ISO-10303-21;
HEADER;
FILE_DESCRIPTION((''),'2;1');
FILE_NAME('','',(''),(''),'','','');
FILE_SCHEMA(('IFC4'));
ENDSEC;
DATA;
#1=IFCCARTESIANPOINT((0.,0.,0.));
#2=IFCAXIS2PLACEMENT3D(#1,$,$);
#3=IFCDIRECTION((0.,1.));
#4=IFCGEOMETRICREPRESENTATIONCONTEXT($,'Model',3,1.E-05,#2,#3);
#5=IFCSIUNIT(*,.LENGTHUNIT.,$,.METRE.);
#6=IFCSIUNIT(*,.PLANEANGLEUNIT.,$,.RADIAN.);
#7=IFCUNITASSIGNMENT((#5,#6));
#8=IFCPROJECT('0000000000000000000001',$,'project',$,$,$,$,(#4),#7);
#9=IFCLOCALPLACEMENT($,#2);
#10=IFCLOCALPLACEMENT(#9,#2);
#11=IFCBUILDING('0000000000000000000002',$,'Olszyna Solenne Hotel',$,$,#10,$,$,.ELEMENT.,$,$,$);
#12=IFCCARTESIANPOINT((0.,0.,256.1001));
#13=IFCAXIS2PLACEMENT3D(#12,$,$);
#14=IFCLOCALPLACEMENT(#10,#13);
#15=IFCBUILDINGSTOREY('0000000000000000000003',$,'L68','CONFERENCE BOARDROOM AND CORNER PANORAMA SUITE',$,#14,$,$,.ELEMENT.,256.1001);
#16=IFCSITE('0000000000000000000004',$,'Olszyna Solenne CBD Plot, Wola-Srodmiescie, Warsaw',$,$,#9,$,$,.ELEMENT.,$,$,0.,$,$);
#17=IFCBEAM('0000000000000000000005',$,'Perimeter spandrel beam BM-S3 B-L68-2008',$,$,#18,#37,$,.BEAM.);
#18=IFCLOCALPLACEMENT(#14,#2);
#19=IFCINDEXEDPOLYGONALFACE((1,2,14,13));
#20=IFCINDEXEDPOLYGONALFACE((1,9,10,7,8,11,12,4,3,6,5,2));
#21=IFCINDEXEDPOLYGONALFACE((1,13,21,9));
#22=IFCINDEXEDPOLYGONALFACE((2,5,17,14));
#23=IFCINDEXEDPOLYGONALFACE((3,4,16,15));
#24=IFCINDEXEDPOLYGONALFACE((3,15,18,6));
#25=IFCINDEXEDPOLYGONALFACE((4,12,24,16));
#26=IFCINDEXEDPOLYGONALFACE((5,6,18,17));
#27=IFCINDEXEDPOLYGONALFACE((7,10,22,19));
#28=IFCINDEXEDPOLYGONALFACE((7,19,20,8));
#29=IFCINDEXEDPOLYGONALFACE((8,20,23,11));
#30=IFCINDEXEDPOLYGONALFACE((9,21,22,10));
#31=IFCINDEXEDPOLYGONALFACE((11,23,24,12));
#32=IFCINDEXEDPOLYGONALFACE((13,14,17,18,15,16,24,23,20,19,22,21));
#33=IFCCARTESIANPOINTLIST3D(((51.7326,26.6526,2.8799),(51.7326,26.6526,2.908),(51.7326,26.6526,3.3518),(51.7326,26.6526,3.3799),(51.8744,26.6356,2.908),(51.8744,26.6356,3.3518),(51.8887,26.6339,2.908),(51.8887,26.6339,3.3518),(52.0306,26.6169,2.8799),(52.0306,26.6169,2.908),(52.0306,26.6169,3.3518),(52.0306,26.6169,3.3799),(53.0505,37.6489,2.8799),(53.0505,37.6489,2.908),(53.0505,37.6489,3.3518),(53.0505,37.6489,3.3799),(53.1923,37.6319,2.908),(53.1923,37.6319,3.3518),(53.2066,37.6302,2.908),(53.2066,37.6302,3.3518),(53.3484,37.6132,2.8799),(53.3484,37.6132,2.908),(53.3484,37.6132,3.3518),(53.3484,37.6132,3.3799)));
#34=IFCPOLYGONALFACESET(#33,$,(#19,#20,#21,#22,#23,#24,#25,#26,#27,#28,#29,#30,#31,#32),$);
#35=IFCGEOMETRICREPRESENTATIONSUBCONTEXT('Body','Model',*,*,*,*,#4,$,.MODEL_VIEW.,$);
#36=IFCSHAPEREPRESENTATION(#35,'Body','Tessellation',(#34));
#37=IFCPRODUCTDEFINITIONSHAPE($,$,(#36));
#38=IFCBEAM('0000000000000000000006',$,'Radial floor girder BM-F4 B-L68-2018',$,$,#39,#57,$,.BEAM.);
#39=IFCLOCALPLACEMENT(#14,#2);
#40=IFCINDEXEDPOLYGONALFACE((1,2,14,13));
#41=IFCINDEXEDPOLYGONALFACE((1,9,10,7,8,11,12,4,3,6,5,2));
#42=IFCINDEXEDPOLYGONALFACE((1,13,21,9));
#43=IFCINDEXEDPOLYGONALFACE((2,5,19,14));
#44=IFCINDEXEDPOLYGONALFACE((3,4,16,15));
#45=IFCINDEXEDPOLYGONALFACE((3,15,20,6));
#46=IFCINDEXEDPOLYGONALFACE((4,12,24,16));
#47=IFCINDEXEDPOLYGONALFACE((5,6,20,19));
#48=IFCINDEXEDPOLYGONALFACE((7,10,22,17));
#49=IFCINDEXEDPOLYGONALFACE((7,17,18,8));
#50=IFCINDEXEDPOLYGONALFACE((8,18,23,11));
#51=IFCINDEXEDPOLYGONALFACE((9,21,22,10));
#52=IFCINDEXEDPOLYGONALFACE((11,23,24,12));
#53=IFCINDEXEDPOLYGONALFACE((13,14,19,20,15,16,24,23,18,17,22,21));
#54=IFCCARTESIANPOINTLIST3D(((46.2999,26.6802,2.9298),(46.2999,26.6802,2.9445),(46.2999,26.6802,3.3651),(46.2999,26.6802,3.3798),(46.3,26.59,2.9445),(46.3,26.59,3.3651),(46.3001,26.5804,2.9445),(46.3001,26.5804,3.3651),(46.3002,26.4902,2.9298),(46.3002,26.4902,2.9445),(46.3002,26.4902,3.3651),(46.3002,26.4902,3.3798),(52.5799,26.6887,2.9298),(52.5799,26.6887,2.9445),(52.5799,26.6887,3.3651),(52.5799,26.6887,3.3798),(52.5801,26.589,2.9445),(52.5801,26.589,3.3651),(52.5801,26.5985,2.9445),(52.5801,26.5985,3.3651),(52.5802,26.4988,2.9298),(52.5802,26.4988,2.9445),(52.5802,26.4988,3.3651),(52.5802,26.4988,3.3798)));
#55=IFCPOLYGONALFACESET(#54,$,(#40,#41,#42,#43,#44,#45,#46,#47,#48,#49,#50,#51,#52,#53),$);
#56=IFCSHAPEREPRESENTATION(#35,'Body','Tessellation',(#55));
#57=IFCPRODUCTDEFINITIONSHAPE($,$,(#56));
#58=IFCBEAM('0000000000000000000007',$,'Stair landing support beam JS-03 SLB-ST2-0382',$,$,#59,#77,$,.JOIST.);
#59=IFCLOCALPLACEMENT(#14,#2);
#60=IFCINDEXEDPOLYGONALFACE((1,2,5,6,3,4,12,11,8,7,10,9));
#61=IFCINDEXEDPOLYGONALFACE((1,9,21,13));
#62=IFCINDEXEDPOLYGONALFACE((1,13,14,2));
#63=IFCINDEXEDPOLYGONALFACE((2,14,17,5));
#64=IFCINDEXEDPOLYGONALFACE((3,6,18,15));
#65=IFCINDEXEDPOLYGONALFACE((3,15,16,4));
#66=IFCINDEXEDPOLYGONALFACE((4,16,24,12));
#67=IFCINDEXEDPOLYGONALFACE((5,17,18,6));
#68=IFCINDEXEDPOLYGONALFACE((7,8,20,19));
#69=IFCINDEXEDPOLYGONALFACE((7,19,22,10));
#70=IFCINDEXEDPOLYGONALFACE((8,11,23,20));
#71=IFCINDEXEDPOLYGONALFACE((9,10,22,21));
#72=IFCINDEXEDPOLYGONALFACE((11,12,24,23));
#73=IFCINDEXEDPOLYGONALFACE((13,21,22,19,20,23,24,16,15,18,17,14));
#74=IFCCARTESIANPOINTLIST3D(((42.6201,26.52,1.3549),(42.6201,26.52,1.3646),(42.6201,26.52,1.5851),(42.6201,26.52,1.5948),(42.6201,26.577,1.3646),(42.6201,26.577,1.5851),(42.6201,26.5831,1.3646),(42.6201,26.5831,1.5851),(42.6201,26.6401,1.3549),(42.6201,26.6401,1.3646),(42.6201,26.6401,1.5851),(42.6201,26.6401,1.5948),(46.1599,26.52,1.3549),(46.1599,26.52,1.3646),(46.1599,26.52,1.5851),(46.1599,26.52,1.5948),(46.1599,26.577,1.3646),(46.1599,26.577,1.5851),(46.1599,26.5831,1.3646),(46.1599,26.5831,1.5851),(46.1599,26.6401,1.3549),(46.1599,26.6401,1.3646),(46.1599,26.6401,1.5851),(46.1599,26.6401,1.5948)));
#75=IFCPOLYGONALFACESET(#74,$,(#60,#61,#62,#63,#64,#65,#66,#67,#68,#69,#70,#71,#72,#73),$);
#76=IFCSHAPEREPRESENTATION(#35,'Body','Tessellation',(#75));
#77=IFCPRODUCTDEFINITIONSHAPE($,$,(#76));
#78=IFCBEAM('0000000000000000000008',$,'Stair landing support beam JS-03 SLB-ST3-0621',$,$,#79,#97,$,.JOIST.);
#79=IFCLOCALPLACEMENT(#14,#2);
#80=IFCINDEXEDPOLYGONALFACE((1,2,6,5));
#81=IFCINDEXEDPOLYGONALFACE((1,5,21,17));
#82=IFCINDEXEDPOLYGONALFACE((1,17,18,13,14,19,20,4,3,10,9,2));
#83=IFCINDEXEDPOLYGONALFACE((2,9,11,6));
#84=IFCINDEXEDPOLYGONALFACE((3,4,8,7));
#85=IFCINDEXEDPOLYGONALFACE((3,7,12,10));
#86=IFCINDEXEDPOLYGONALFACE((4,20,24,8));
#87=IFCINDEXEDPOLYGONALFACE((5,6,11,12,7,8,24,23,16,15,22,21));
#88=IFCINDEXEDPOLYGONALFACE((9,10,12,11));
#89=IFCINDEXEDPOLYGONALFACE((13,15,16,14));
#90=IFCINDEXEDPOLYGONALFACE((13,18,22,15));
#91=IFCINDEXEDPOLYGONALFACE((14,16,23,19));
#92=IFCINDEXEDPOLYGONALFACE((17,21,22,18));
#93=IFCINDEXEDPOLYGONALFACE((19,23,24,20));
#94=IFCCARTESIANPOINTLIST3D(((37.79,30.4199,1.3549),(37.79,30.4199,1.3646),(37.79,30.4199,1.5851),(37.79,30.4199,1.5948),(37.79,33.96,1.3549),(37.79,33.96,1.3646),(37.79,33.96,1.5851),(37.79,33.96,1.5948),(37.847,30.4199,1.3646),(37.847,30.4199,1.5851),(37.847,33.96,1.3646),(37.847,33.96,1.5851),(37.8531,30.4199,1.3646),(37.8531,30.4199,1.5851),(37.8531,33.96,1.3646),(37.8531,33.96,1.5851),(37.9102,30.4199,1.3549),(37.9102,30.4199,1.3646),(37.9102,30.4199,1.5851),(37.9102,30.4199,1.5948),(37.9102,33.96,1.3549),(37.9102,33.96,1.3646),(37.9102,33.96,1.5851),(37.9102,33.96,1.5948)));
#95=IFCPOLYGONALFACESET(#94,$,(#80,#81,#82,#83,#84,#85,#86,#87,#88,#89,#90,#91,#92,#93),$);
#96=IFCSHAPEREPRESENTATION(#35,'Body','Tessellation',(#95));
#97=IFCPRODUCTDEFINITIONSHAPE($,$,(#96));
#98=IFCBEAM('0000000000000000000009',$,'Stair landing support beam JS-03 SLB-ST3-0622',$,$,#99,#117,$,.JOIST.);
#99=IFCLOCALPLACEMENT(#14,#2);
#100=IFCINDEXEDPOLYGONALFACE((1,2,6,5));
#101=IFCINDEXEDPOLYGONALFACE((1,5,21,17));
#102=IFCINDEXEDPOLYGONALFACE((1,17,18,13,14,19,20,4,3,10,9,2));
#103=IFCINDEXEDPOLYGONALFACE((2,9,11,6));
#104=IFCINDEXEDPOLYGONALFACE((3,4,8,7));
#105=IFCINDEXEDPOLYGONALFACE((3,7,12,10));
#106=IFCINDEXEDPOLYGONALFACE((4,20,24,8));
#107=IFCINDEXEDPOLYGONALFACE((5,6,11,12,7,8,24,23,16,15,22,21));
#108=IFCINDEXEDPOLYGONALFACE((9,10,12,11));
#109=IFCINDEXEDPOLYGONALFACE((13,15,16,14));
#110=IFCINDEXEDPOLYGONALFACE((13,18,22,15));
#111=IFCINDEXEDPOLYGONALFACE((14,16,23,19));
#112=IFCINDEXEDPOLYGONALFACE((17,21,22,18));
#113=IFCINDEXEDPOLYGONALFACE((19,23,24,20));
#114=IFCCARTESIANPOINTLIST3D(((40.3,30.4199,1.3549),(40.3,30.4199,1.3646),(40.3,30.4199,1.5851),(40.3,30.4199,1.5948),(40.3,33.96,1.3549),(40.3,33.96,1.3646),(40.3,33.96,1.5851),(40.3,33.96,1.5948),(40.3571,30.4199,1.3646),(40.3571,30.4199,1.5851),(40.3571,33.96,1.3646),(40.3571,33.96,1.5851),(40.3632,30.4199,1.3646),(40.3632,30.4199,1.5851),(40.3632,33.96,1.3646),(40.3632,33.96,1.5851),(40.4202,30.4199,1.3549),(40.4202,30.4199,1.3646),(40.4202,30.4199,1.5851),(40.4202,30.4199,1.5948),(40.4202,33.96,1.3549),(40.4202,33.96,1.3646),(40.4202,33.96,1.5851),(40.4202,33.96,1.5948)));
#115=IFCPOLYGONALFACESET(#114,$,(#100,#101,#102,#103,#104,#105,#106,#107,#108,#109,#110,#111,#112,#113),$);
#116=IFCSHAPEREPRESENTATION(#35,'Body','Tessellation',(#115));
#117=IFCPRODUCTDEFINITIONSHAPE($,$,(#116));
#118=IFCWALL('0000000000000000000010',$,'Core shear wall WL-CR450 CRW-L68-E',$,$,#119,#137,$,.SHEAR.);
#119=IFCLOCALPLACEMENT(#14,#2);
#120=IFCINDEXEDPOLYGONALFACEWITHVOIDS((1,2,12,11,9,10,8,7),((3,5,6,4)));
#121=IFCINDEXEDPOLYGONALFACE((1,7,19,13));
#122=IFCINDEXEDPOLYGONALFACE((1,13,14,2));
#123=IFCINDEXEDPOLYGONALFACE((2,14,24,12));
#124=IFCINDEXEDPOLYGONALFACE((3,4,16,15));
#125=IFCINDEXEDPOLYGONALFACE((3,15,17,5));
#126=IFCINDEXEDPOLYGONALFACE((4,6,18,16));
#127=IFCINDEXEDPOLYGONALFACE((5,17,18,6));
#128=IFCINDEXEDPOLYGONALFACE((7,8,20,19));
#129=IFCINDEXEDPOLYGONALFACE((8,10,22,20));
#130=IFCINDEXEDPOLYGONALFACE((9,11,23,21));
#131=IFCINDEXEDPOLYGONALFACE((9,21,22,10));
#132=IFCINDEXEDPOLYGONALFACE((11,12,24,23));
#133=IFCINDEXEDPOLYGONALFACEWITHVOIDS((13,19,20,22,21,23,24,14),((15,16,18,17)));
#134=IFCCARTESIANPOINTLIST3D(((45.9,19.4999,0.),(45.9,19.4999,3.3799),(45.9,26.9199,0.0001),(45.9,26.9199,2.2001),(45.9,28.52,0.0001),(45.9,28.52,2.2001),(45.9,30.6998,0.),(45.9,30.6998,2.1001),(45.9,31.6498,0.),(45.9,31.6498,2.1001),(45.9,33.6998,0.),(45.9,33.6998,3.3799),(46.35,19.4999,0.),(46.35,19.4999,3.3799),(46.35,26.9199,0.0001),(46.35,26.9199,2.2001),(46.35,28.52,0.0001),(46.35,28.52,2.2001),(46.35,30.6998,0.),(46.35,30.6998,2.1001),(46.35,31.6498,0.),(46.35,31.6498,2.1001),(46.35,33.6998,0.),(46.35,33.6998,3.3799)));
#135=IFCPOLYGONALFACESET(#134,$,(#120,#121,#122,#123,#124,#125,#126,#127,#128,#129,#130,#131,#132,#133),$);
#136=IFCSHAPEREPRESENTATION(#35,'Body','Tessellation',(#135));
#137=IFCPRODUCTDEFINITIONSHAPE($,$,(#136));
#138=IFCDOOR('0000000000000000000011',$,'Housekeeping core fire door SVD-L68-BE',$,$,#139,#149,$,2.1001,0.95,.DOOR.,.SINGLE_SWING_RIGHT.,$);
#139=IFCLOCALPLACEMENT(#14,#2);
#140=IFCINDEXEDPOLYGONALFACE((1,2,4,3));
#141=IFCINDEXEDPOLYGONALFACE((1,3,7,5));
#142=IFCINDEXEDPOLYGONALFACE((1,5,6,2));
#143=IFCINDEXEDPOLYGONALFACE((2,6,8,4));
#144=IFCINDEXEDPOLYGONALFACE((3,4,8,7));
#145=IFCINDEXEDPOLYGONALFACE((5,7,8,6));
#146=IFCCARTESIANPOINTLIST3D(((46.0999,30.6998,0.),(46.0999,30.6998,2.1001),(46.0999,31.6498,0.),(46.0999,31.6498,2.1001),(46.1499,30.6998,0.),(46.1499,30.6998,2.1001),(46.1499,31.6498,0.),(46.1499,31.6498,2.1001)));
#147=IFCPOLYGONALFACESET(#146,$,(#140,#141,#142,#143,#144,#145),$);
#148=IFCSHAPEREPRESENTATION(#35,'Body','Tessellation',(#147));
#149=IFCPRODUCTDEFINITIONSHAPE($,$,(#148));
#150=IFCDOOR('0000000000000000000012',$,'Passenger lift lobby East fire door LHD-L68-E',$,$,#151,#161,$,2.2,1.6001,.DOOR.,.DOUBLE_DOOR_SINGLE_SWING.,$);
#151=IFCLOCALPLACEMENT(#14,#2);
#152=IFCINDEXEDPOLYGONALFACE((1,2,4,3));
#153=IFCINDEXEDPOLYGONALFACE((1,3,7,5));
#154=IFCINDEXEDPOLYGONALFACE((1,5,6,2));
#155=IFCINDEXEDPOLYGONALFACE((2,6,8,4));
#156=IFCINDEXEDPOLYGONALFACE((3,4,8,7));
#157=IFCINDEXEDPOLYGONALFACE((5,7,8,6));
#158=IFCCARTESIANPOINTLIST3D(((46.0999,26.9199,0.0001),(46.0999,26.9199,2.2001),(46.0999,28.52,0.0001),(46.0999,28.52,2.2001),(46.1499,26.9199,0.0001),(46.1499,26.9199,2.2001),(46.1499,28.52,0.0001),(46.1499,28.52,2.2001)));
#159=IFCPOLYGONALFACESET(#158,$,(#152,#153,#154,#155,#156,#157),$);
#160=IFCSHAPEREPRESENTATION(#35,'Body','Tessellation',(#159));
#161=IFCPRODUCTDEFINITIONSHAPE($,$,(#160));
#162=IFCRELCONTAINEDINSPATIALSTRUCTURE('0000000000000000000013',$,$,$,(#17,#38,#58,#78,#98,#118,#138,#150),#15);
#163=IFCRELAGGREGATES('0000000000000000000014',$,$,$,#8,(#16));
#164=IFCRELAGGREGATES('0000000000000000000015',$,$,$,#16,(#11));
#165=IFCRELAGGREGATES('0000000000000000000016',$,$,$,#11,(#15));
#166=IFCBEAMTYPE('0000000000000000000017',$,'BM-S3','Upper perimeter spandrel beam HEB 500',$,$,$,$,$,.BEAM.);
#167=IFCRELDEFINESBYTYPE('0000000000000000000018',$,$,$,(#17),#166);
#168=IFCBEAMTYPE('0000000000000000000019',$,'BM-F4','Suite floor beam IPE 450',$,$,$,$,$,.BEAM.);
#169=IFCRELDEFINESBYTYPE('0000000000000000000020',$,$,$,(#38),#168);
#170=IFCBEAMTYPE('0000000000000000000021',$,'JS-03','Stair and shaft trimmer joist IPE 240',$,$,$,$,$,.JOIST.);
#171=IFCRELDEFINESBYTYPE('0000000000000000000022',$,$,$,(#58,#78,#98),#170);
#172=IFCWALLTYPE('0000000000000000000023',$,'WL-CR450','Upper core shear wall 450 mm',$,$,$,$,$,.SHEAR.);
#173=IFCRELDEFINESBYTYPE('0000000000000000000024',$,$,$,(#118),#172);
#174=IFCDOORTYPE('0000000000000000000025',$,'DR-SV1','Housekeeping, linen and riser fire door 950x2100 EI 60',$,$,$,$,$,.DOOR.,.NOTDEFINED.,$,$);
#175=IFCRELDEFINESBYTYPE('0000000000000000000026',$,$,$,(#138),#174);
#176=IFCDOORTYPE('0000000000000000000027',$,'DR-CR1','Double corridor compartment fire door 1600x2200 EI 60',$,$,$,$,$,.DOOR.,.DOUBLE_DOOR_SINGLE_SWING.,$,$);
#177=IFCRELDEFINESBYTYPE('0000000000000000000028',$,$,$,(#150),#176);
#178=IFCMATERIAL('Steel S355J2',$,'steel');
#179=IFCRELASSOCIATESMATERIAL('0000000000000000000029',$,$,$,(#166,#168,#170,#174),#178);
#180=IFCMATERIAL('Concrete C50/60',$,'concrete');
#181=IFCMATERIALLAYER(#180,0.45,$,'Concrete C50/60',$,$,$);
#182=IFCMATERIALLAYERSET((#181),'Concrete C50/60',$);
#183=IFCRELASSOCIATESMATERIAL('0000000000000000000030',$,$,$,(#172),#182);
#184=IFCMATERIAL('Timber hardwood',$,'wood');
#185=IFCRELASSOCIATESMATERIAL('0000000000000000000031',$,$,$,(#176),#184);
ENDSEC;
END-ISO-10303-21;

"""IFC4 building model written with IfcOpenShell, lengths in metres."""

from ifc_helpers import new_model, si_unit, direction, frame, frame_2d, origin, origin_2d, place, context, subcontext, project, spatial, rectangle, i_section, extrude, source, transform, mapped, material, layer, layer_set, material_profile, profile_set, type_object, type_shapes, element, fill, save


model = new_model("IFC4")

# Units and contexts
model_context = context("Model", 3, precision=1e-05, world=origin(), true_north=direction((0.0, 1.0)))
body_context = subcontext(model_context, "Body", "Model", "MODEL_VIEW")
ifc_project = project(units=[si_unit("LENGTHUNIT", "METRE"), si_unit("PLANEANGLEUNIT", "RADIAN")], contexts=[model_context])

# Site, building, storey
site_placement = place(None, origin())
site = spatial("IfcSite", under=ifc_project, at=site_placement, Name="Olszyna Solenne CBD Plot, Wola-Srodmiescie, Warsaw", CompositionType="ELEMENT", RefElevation=0.0)
building_placement = place(site_placement, origin())
building = spatial("IfcBuilding", under=site, at=building_placement, Name="Olszyna Solenne Hotel", CompositionType="ELEMENT")
storey_placement = place(building_placement, frame((0.0, 0.0, 256.1001)))
storey = spatial("IfcBuildingStorey", under=building, at=storey_placement, Name="L68", Description="CONFERENCE BOARDROOM AND CORNER PANORAMA SUITE", CompositionType="ELEMENT", Elevation=256.1001)

# Beams
ifc_material_1 = material(Name="Steel S355J2", Category="steel")
ifc_material_profile_1 = material_profile(ifc_material_1, i_section(OverallWidth=0.3, OverallDepth=0.5, WebThickness=0.0144, FlangeThickness=0.0281, at=origin_2d()), Name="HEB 500", Category="load-bearing")
ifc_profile_set_1 = profile_set([ifc_material_profile_1], Name="Steel S355J2")
beam_type_1 = type_object("IfcBeamType", Name="BM-S3", Description="Upper perimeter spandrel beam HEB 500", PredefinedType="BEAM", material=ifc_profile_set_1)
shared_shape_1 = source(origin(), body_context, "Body", "SweptSolid", [
    extrude(i_section(OverallWidth=0.3, OverallDepth=0.5, WebThickness=0.0144, FlangeThickness=0.0281, at=origin_2d()), origin(), (0.0, 0.0, 1.0), 11.075),
])
beam_1_placement = place(storey_placement, frame((51.8816, 26.6348, 3.1299), z_axis=(0.118995, 0.992895, 0.0), x_axis=(-0.992895, 0.118995, 0.0)))
element("IfcBeam", 1, at=beam_1_placement, inside=storey, type_object=beam_type_1, Name="Perimeter spandrel beam BM-S3 B-L68-2008", PredefinedType="BEAM", context=body_context, shape_type="MappedRepresentation", body=[
    mapped(shared_shape_1, transform((0.0, 0.0, 0.0), x_axis=(1.0, 0.0, 0.0), y_axis=(0.0, 1.0, 0.0), z_axis=(0.0, 0.0, 1.0), scale=1.0)),
])
ifc_material_profile_2 = material_profile(ifc_material_1, i_section(OverallWidth=0.1899, OverallDepth=0.45, WebThickness=0.0095, FlangeThickness=0.0146, at=origin_2d()), Name="IPE 450", Category="load-bearing")
ifc_profile_set_2 = profile_set([ifc_material_profile_2], Name="Steel S355J2")
beam_type_2 = type_object("IfcBeamType", Name="BM-F4", Description="Suite floor beam IPE 450", PredefinedType="BEAM", material=ifc_profile_set_2)
shared_shape_2 = source(origin(), body_context, "Body", "SweptSolid", [
    extrude(i_section(OverallWidth=0.1899, OverallDepth=0.45, WebThickness=0.0095, FlangeThickness=0.0146, at=origin_2d()), origin(), (0.0, 0.0, 1.0), 6.28),
])
beam_2_placement = place(storey_placement, frame((52.5801, 26.5938, 3.1548), z_axis=(-0.999999, -0.001361, 0.0), x_axis=(0.001361, -0.999999, 0.0)))
element("IfcBeam", 2, at=beam_2_placement, inside=storey, type_object=beam_type_2, Name="Radial floor girder BM-F4 B-L68-2018", PredefinedType="BEAM", context=body_context, shape_type="MappedRepresentation", body=[
    mapped(shared_shape_2, transform((0.0, 0.0, 0.0), x_axis=(1.0, 0.0, 0.0), y_axis=(0.0, 1.0, 0.0), z_axis=(0.0, 0.0, 1.0), scale=1.0)),
])
ifc_material_profile_3 = material_profile(ifc_material_1, i_section(OverallWidth=0.1201, OverallDepth=0.24, WebThickness=0.0061, FlangeThickness=0.0098, at=origin_2d()), Name="IPE 240", Category="load-bearing")
ifc_profile_set_3 = profile_set([ifc_material_profile_3], Name="Steel S355J2")
beam_type_3 = type_object("IfcBeamType", Name="JS-03", Description="Stair and shaft trimmer joist IPE 240", PredefinedType="JOIST", material=ifc_profile_set_3)
shared_shape_3 = source(origin(), body_context, "Body", "SweptSolid", [
    extrude(i_section(OverallWidth=0.1201, OverallDepth=0.24, WebThickness=0.0061, FlangeThickness=0.0098, at=origin_2d()), origin(), (0.0, 0.0, 1.0), 3.5398),
])
beam_3_placement = place(storey_placement, frame((46.1599, 26.5801, 1.4749), z_axis=(-1.0, 0.0, 0.0), x_axis=(0.0, -1.0, 0.0)))
element("IfcBeam", 3, at=beam_3_placement, inside=storey, type_object=beam_type_3, Name="Stair landing support beam JS-03 SLB-ST2-0382", PredefinedType="JOIST", context=body_context, shape_type="MappedRepresentation", body=[
    mapped(shared_shape_3, transform((0.0, 0.0, 0.0), x_axis=(1.0, 0.0, 0.0), y_axis=(0.0, 1.0, 0.0), z_axis=(0.0, 0.0, 1.0), scale=1.0)),
])
shared_shape_4 = source(origin(), body_context, "Body", "SweptSolid", [
    extrude(i_section(OverallWidth=0.1201, OverallDepth=0.24, WebThickness=0.0061, FlangeThickness=0.0098, at=origin_2d()), origin(), (0.0, 0.0, 1.0), 3.54),
])
for number, where, z_axis, x_axis, name in (
    (4, (37.8501, 30.4199, 1.4749), (0.0, 1.0, 0.0), (-1.0, 0.0, 0.0), "Stair landing support beam JS-03 SLB-ST3-0621"),
    (5, (40.3601, 30.4199, 1.4749), (0.0, 1.0, 0.0), (-1.0, 0.0, 0.0), "Stair landing support beam JS-03 SLB-ST3-0622"),
):
    element("IfcBeam", number, at=place(storey_placement, frame(where, z_axis=z_axis, x_axis=x_axis)), inside=storey, type_object=beam_type_3, Name=name, PredefinedType="JOIST", context=body_context, shape_type="MappedRepresentation", body=[
        mapped(shared_shape_4, transform((0.0, 0.0, 0.0), x_axis=(1.0, 0.0, 0.0), y_axis=(0.0, 1.0, 0.0), z_axis=(0.0, 0.0, 1.0), scale=1.0)),
    ])

# Wall, openings, doors
ifc_material_2 = material(Name="Concrete C50/60", Category="concrete")
ifc_layer_1 = layer(ifc_material_2, 0.45, Name="Concrete C50/60")
ifc_layer_set_1 = layer_set([ifc_layer_1], Name="Concrete C50/60")
wall_type_1 = type_object("IfcWallType", Name="WL-CR450", Description="Upper core shear wall 450 mm", PredefinedType="SHEAR", material=ifc_layer_set_1)
wall_1_placement = place(storey_placement, frame((46.125, 33.7, 0.0), z_axis=(0.0, 0.0, 1.0), x_axis=(0.0, -1.0, 0.0)))
wall_1 = element("IfcWall", 6, at=wall_1_placement, inside=storey, type_object=wall_type_1, Name="Core shear wall WL-CR450 CRW-L68-E", PredefinedType="SHEAR", context=body_context, shape_type="SweptSolid", body=[
    extrude(rectangle(XDim=14.2, YDim=0.45, at=frame_2d((7.1001, 0.0))), origin(), (0.0, 0.0, 1.0), 3.3799),
])
opening_1_placement = place(wall_1_placement, frame((5.1799, 0.0, 0.0)))
opening_1 = element("IfcOpeningElement", 7, at=opening_1_placement, cuts=wall_1, PredefinedType="OPENING", context=body_context, shape_type="SweptSolid", body=[
    extrude(rectangle(XDim=1.6001, YDim=2.2, at=frame_2d((0.8, 1.1001))), frame((0.0, 0.2349, 0.0), z_axis=(0.0, -1.0, 0.0), x_axis=(1.0, 0.0, 0.0)), (0.0, 0.0, 1.0), 0.47),
])
opening_2_placement = place(wall_1_placement, frame((2.05, 0.0, 0.0)))
opening_2 = element("IfcOpeningElement", 8, at=opening_2_placement, cuts=wall_1, PredefinedType="OPENING", context=body_context, shape_type="SweptSolid", body=[
    extrude(rectangle(XDim=0.95, YDim=2.1001, at=frame_2d((0.4751, 1.05))), frame((0.0, 0.2349, 0.0), z_axis=(0.0, -1.0, 0.0), x_axis=(1.0, 0.0, 0.0)), (0.0, 0.0, 1.0), 0.47),
])
door_type_1 = type_object("IfcDoorType", Name="DR-SV1", Description="Housekeeping, linen and riser fire door 950x2100 EI 60", OperationType="NOTDEFINED", PredefinedType="DOOR", material=ifc_material_1)
shared_shape_5 = source(origin(), body_context, "Body", "SweptSolid", [
    extrude(rectangle(XDim=0.95, YDim=2.1001, at=frame_2d((0.4751, 1.05))), frame((0.0, 0.0249, 0.0), z_axis=(0.0, -1.0, 0.0), x_axis=(1.0, 0.0, 0.0)), (0.0, 0.0, 1.0), 0.05),
])
type_shapes(door_type_1, [shared_shape_5])
door_1_placement = place(opening_2_placement, origin())
door_1 = element("IfcDoor", 9, at=door_1_placement, inside=storey, type_object=door_type_1, Name="Housekeeping core fire door SVD-L68-BE", OperationType="SINGLE_SWING_RIGHT", OverallHeight=2.1001, OverallWidth=0.95, PredefinedType="DOOR", context=body_context, shape_type="MappedRepresentation", body=[
    mapped(shared_shape_5, transform((0.0, 0.0, 0.0), x_axis=(1.0, 0.0, 0.0), y_axis=(0.0, 1.0, 0.0), z_axis=(0.0, 0.0, 1.0), scale=1.0)),
])
fill(opening_2, door_1)
ifc_material_3 = material(Name="Timber hardwood", Category="wood")
door_type_2 = type_object("IfcDoorType", Name="DR-CR1", Description="Double corridor compartment fire door 1600x2200 EI 60", OperationType="DOUBLE_DOOR_SINGLE_SWING", PredefinedType="DOOR", material=ifc_material_3)
shared_shape_6 = source(origin(), body_context, "Body", "SweptSolid", [
    extrude(rectangle(XDim=1.6001, YDim=2.2, at=frame_2d((0.8, 1.1001))), frame((0.0, 0.0249, 0.0), z_axis=(0.0, -1.0, 0.0), x_axis=(1.0, 0.0, 0.0)), (0.0, 0.0, 1.0), 0.05),
])
type_shapes(door_type_2, [shared_shape_6])
door_2_placement = place(opening_1_placement, origin())
door_2 = element("IfcDoor", 10, at=door_2_placement, inside=storey, type_object=door_type_2, Name="Passenger lift lobby East fire door LHD-L68-E", OperationType="DOUBLE_DOOR_SINGLE_SWING", OverallHeight=2.2, OverallWidth=1.6001, PredefinedType="DOOR", context=body_context, shape_type="MappedRepresentation", body=[
    mapped(shared_shape_6, transform((0.0, 0.0, 0.0), x_axis=(1.0, 0.0, 0.0), y_axis=(0.0, 1.0, 0.0), z_axis=(0.0, 0.0, 1.0), scale=1.0)),
])
fill(opening_1, door_2)

save(model, "model.ifc")
